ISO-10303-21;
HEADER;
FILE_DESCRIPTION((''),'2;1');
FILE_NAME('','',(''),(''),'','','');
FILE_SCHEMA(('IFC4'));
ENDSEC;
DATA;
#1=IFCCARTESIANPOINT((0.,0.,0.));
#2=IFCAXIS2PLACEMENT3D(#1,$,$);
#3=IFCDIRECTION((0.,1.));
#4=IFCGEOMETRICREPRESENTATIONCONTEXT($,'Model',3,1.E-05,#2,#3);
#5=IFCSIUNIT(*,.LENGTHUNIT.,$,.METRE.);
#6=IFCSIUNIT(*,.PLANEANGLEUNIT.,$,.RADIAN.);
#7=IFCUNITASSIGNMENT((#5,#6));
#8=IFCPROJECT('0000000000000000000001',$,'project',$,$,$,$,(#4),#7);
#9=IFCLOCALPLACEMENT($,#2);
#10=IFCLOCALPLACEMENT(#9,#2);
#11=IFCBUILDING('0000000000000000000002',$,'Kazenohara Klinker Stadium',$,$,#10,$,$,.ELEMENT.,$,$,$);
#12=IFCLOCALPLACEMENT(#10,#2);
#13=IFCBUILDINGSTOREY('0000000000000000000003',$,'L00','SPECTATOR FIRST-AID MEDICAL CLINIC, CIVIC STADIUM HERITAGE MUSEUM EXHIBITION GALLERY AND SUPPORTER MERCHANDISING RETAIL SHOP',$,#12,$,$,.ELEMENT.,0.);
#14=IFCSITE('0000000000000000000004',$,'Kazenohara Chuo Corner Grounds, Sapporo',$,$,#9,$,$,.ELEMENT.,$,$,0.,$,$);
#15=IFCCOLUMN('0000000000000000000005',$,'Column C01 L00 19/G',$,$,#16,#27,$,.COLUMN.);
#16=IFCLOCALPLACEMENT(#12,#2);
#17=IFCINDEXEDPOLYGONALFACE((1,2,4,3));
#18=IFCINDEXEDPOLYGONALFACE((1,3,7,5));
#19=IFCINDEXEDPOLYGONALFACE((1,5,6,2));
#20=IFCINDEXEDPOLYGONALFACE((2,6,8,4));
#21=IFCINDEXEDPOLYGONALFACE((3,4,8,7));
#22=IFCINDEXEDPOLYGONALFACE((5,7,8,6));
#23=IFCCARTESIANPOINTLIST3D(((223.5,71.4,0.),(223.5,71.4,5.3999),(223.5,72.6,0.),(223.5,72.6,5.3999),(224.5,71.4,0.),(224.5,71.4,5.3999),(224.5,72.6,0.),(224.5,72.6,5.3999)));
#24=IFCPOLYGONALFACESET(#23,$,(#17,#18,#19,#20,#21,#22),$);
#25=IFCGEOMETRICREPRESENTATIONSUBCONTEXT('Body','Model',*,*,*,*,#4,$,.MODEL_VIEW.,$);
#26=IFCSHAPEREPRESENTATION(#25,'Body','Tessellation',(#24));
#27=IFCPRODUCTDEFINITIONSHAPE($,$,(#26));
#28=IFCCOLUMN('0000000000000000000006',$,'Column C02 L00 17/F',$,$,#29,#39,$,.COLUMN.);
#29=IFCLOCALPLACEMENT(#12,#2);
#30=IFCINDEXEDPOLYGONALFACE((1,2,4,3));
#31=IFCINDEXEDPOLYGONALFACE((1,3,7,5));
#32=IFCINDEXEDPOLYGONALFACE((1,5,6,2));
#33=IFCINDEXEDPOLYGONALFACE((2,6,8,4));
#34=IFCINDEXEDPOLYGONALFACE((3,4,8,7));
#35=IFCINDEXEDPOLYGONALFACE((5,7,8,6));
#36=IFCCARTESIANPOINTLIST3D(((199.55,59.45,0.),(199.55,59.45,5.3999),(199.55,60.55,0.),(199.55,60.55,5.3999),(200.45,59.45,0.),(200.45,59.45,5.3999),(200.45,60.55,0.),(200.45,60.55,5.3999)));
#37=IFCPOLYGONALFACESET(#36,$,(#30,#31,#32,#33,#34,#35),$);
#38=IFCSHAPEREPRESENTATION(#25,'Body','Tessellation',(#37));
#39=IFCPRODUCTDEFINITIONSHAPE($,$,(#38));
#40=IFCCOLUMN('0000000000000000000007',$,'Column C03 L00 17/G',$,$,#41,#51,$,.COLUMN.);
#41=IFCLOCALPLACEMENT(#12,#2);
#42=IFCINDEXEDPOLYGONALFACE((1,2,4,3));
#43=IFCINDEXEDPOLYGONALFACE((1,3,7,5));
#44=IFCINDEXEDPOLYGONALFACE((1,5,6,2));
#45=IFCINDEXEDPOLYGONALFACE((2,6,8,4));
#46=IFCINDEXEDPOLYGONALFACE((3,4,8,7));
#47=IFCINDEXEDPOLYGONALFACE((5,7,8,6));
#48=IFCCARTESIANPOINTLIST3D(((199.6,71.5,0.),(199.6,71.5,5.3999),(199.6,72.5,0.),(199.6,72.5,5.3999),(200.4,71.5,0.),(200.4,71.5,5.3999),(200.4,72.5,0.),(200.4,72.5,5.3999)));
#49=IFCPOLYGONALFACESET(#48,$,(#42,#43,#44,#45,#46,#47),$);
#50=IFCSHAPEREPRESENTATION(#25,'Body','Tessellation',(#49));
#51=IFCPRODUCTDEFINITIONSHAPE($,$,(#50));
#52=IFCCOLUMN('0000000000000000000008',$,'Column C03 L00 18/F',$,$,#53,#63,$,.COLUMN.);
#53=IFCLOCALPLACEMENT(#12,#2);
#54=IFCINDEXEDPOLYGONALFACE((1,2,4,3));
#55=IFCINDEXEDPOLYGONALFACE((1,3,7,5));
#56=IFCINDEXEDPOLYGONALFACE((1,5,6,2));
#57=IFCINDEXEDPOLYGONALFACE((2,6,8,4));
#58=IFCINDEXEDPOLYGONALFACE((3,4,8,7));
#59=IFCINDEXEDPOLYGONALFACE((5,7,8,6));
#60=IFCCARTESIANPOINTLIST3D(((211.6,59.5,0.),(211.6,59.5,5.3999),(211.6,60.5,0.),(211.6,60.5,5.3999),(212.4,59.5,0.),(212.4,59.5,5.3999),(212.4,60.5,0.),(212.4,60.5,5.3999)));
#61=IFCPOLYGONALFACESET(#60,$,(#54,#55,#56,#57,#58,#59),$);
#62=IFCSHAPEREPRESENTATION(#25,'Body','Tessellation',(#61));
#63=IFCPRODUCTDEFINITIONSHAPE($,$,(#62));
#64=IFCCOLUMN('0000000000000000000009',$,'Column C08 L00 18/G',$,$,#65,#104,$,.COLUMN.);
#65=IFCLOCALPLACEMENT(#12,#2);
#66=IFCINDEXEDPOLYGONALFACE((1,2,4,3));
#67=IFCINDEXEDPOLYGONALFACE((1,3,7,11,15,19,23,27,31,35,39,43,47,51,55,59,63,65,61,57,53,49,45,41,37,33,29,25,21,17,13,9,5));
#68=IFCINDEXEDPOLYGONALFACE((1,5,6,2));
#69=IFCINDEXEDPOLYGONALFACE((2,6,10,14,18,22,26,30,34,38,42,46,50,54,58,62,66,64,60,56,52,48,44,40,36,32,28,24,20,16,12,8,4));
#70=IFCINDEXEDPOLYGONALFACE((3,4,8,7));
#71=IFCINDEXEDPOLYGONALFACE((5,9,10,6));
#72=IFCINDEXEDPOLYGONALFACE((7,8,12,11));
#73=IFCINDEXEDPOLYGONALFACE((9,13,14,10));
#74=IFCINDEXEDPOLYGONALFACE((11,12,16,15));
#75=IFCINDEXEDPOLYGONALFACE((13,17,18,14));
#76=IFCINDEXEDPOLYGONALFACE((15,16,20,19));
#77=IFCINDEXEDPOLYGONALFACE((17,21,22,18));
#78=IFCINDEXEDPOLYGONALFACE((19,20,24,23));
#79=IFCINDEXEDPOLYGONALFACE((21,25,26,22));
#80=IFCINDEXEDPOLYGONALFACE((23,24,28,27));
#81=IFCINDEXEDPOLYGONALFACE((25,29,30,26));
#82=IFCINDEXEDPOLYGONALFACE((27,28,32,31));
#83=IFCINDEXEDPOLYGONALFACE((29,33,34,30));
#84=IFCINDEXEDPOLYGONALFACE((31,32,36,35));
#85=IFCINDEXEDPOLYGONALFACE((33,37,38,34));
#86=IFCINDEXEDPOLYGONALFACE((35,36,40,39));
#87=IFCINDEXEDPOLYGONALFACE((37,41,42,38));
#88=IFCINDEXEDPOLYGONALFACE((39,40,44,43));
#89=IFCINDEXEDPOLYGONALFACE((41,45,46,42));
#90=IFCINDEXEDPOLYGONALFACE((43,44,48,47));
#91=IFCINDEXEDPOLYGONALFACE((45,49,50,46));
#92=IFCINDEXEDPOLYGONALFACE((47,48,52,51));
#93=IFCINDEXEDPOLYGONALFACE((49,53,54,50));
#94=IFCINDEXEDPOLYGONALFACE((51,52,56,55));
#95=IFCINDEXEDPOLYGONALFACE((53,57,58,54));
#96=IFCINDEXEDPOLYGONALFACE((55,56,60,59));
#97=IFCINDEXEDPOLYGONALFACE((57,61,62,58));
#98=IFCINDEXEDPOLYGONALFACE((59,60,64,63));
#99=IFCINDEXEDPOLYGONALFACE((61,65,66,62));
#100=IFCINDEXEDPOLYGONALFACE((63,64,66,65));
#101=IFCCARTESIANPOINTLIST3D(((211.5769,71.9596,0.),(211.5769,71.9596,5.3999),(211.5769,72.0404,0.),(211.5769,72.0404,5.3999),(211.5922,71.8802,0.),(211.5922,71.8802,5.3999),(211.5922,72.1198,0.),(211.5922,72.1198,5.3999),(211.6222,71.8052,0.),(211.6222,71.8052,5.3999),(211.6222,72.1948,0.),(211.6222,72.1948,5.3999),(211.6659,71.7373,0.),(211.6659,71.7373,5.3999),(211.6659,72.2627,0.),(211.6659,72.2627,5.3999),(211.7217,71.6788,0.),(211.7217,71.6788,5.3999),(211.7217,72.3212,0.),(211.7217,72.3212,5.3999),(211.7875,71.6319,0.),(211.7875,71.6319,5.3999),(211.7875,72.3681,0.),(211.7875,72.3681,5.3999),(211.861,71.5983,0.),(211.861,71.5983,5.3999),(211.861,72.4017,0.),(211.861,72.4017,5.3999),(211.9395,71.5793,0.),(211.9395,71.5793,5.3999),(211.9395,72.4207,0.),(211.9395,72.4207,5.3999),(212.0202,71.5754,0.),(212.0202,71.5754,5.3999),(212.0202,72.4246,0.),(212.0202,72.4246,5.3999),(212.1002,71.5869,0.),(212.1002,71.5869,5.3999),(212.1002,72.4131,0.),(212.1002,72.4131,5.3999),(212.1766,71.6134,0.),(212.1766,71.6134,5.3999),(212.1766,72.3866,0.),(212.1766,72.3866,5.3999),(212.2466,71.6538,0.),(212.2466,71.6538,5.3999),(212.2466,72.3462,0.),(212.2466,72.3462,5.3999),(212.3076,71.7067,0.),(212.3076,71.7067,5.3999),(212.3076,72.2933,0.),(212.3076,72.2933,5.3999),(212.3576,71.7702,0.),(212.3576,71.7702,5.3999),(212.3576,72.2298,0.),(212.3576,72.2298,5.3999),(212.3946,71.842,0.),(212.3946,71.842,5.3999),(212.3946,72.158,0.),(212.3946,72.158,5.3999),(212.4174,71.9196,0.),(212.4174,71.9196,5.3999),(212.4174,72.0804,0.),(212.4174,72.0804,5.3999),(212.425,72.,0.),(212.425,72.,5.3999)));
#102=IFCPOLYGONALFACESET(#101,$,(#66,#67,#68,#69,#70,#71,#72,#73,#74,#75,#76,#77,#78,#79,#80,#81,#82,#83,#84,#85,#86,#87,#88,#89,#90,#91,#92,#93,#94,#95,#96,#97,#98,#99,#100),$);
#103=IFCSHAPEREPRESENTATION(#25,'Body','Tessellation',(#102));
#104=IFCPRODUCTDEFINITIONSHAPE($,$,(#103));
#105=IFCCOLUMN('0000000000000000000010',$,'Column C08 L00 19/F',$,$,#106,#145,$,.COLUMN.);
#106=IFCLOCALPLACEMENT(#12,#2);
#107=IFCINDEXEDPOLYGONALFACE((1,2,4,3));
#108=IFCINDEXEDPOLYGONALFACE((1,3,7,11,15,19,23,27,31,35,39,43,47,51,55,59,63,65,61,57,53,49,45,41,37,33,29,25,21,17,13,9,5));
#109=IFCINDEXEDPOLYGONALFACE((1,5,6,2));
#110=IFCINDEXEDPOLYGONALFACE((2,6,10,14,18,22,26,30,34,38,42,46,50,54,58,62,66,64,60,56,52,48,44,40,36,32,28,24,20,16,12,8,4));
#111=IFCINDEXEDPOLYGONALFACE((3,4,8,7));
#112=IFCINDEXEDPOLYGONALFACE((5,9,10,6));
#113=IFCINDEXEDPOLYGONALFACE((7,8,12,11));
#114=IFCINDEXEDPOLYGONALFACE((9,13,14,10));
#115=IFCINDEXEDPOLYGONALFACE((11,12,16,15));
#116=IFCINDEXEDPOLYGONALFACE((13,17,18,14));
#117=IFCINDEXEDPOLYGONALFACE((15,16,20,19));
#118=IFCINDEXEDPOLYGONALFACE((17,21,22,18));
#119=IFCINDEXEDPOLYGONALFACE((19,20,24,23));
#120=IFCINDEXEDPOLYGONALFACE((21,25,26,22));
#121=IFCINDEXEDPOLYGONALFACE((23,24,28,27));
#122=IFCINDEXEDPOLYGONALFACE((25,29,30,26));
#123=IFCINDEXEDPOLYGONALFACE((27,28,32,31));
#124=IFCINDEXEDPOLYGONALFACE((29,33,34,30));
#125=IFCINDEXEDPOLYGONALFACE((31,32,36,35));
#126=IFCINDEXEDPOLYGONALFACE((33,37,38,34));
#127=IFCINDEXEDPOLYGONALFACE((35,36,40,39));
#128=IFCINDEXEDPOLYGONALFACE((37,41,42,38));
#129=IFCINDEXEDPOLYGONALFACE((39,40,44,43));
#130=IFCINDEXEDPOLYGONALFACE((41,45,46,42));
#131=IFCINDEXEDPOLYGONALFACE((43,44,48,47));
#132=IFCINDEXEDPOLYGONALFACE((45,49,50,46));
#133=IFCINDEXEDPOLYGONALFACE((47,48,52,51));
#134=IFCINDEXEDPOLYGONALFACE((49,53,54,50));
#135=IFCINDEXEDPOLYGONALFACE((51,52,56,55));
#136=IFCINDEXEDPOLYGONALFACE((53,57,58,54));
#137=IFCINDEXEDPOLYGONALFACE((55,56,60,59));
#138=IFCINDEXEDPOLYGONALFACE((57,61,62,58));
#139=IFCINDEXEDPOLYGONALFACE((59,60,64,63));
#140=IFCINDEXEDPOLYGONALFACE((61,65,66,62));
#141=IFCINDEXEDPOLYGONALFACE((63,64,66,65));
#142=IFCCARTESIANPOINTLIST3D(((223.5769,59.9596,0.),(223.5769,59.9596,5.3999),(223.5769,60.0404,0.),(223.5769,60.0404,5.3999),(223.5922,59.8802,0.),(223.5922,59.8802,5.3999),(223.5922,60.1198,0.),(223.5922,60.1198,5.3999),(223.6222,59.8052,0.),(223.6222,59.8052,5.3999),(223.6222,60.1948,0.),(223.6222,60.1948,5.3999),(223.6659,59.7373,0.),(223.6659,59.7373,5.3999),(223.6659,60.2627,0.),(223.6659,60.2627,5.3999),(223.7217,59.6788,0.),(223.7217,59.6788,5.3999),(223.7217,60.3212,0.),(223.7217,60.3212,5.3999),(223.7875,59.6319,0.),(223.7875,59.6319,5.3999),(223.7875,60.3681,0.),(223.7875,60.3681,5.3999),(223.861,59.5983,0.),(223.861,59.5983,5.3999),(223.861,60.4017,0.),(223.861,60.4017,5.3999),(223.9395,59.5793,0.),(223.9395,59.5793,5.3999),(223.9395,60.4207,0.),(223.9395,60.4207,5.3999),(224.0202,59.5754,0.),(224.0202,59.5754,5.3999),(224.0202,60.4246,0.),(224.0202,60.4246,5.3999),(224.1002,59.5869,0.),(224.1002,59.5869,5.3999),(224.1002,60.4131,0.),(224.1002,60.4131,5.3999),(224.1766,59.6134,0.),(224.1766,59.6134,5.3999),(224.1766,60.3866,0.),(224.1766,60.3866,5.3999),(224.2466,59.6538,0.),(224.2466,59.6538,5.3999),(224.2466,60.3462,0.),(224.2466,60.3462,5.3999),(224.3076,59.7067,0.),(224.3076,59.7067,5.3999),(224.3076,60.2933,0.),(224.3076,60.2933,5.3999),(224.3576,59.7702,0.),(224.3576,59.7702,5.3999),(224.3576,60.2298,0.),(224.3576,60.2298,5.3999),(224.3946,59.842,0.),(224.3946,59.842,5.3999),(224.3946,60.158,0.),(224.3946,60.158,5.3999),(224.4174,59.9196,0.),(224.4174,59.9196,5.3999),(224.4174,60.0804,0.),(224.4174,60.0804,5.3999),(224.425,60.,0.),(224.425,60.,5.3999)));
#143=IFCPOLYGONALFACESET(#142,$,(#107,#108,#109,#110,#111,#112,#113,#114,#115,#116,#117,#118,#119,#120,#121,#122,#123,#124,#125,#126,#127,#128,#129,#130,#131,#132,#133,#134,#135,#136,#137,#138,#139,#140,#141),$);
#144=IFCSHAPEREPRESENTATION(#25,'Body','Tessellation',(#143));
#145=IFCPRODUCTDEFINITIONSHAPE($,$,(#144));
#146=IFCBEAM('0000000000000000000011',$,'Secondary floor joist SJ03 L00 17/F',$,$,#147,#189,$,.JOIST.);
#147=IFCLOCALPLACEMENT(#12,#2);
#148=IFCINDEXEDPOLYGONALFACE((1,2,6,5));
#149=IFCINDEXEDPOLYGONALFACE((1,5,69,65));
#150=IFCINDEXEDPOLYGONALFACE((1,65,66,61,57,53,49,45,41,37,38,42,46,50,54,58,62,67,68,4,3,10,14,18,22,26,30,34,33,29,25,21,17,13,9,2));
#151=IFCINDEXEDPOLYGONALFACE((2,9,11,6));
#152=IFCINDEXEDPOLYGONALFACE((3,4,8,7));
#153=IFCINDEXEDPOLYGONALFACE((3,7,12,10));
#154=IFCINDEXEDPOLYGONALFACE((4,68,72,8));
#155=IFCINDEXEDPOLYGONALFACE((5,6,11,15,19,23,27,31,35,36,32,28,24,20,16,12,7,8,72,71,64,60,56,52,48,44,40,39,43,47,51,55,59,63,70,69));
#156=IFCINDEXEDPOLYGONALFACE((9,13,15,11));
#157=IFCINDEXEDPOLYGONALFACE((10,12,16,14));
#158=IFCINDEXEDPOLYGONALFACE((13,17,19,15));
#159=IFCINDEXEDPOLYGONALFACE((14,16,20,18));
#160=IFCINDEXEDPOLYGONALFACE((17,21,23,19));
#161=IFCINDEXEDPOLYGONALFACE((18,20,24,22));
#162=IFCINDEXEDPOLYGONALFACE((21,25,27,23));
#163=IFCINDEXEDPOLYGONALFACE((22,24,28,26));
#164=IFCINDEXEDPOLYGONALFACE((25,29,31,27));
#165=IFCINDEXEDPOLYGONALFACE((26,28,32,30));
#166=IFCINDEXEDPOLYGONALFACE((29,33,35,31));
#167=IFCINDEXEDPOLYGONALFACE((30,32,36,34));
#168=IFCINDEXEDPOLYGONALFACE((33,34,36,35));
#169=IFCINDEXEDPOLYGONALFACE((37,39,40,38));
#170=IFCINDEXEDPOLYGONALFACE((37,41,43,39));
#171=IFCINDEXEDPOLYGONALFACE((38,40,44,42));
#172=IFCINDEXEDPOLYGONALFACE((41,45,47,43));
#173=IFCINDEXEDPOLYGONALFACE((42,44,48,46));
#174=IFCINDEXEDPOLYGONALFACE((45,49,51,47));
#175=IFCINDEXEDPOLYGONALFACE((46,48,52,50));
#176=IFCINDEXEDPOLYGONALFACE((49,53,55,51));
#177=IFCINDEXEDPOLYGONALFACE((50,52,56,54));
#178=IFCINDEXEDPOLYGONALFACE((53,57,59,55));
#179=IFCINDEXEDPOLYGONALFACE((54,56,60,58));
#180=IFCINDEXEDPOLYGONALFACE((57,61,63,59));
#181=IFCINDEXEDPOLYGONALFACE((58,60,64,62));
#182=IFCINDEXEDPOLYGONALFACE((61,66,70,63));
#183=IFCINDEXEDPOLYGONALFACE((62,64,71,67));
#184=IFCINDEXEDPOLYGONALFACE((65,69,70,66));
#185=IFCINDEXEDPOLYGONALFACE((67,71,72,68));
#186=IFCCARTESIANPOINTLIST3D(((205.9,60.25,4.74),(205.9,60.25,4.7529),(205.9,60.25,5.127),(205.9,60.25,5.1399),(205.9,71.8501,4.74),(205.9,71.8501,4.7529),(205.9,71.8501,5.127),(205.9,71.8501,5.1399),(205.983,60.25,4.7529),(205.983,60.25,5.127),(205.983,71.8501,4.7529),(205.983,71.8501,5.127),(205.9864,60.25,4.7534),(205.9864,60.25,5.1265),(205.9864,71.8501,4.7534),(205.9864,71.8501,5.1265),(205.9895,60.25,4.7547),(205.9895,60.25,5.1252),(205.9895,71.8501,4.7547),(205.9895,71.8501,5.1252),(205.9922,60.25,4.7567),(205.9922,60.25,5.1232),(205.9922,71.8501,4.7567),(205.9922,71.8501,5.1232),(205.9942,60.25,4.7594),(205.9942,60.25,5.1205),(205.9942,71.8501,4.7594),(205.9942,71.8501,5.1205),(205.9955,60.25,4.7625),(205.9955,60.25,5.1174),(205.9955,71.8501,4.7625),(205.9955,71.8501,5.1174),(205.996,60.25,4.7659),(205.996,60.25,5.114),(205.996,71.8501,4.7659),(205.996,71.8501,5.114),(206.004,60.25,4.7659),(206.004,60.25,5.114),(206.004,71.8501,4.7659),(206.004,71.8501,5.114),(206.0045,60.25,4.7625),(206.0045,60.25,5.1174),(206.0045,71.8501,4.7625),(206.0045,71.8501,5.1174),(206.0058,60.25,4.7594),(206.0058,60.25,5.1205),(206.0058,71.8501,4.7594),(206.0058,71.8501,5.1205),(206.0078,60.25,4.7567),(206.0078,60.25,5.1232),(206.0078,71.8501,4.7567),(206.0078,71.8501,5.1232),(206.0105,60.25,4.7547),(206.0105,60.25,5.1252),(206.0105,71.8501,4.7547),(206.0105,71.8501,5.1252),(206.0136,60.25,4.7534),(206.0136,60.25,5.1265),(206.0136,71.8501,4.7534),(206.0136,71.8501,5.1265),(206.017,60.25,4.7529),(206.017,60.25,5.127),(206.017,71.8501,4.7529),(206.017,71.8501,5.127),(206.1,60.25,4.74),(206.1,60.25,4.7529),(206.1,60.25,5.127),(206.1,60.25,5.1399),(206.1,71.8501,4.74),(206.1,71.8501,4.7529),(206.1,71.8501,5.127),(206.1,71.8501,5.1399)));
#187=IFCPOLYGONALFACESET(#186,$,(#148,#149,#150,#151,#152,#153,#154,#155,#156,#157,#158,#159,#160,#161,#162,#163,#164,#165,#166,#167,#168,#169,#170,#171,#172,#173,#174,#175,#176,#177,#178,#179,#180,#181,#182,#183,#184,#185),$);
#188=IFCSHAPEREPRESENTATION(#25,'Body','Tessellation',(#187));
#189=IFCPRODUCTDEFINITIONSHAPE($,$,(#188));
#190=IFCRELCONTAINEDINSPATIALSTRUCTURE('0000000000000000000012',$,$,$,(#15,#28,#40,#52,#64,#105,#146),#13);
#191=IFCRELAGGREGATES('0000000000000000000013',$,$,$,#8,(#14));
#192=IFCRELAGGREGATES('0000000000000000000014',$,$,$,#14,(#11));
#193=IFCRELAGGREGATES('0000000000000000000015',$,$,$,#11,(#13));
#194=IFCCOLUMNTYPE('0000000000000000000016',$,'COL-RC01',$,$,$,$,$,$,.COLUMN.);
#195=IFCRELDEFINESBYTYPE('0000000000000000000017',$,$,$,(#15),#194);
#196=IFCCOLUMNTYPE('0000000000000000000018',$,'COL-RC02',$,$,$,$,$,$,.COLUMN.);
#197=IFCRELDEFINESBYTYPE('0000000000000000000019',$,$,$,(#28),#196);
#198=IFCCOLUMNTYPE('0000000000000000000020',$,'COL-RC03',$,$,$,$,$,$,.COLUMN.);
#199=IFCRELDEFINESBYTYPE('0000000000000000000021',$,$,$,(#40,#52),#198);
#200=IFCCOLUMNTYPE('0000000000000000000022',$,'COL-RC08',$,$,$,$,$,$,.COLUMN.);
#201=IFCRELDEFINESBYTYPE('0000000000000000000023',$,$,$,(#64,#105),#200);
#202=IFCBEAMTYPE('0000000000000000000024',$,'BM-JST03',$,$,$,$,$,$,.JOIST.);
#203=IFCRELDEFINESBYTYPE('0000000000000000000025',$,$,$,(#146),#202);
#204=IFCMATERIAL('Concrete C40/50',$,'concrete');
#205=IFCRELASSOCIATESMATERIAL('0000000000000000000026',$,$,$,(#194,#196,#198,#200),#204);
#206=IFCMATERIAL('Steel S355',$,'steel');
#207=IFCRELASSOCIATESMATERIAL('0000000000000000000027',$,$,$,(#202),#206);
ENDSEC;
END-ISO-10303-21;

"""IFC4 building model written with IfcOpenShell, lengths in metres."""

from ifc_helpers import new_model, si_unit, direction, frame, origin, origin_2d, place, context, subcontext, project, spatial, rectangle, circle, i_section, extrude, material, material_profile, profile_set, type_object, element, save


model = new_model("IFC4")

# Units and contexts
model_context = context("Model", 3, precision=1e-05, world=origin(), true_north=direction((0.0, 1.0)))
body_context = subcontext(model_context, "Body", "Model", "MODEL_VIEW")
ifc_project = project(units=[si_unit("LENGTHUNIT", "METRE"), si_unit("PLANEANGLEUNIT", "RADIAN")], contexts=[model_context])

# Site, building, storey
site_placement = place(None, origin())
site = spatial("IfcSite", under=ifc_project, at=site_placement, Name="Kazenohara Chuo Corner Grounds, Sapporo", CompositionType="ELEMENT", RefElevation=0.0)
building_placement = place(site_placement, origin())
building = spatial("IfcBuilding", under=site, at=building_placement, Name="Kazenohara Klinker Stadium", CompositionType="ELEMENT")
storey_placement = place(building_placement, origin())
storey = spatial("IfcBuildingStorey", under=building, at=storey_placement, Name="L00", Description="SPECTATOR FIRST-AID MEDICAL CLINIC, CIVIC STADIUM HERITAGE MUSEUM EXHIBITION GALLERY AND SUPPORTER MERCHANDISING RETAIL SHOP", CompositionType="ELEMENT", Elevation=0.0)

# Columns
ifc_material_1 = material(Name="Concrete C40/50", Category="concrete")
ifc_material_profile_1 = material_profile(ifc_material_1, rectangle(XDim=1.0, YDim=1.2, at=origin_2d()), Name="RC-COL-1200x1000")
ifc_profile_set_1 = profile_set([ifc_material_profile_1], Name="Concrete C40/50")
column_type_1 = type_object("IfcColumnType", Name="COL-RC01", PredefinedType="COLUMN", material=ifc_profile_set_1)
column_1_placement = place(storey_placement, frame((224.0, 72.0, 0.0), z_axis=(0.0, 0.0, 1.0), x_axis=(1.0, 0.0, 0.0)))
element("IfcColumn", 1, at=column_1_placement, inside=storey, type_object=column_type_1, Name="Column C01 L00 19/G", PredefinedType="COLUMN", context=body_context, shape_type="SweptSolid", body=[
    extrude(rectangle(XDim=1.0, YDim=1.2, at=origin_2d()), origin(), (0.0, 0.0, 1.0), 5.3999),
])
ifc_material_profile_2 = material_profile(ifc_material_1, rectangle(XDim=0.8999, YDim=1.1001, at=origin_2d()), Name="RC-COL-1100x900")
ifc_profile_set_2 = profile_set([ifc_material_profile_2], Name="Concrete C40/50")
column_type_2 = type_object("IfcColumnType", Name="COL-RC02", PredefinedType="COLUMN", material=ifc_profile_set_2)
column_2_placement = place(storey_placement, frame((200.0, 60.0, 0.0), z_axis=(0.0, 0.0, 1.0), x_axis=(1.0, 0.0, 0.0)))
element("IfcColumn", 2, at=column_2_placement, inside=storey, type_object=column_type_2, Name="Column C02 L00 17/F", PredefinedType="COLUMN", context=body_context, shape_type="SweptSolid", body=[
    extrude(rectangle(XDim=0.8999, YDim=1.1001, at=origin_2d()), origin(), (0.0, 0.0, 1.0), 5.3999),
])
ifc_material_profile_3 = material_profile(ifc_material_1, rectangle(XDim=0.8, YDim=1.0, at=origin_2d()), Name="RC-COL-1000x800")
ifc_profile_set_3 = profile_set([ifc_material_profile_3], Name="Concrete C40/50")
column_type_3 = type_object("IfcColumnType", Name="COL-RC03", PredefinedType="COLUMN", material=ifc_profile_set_3)
for number, where, z_axis, x_axis, name in (
    (3, (200.0, 72.0, 0.0), (0.0, 0.0, 1.0), (1.0, 0.0, 0.0), "Column C03 L00 17/G"),
    (4, (212.0, 60.0, 0.0), (0.0, 0.0, 1.0), (1.0, 0.0, 0.0), "Column C03 L00 18/F"),
):
    element("IfcColumn", number, at=place(storey_placement, frame(where, z_axis=z_axis, x_axis=x_axis)), inside=storey, type_object=column_type_3, Name=name, PredefinedType="COLUMN", context=body_context, shape_type="SweptSolid", body=[
        extrude(rectangle(XDim=0.8, YDim=1.0, at=origin_2d()), origin(), (0.0, 0.0, 1.0), 5.3999),
    ])
ifc_material_profile_4 = material_profile(ifc_material_1, circle(Radius=0.425, at=origin_2d()), Name="RC-COL-D850")
ifc_profile_set_4 = profile_set([ifc_material_profile_4], Name="Concrete C40/50")
column_type_4 = type_object("IfcColumnType", Name="COL-RC08", PredefinedType="COLUMN", material=ifc_profile_set_4)
for number, where, z_axis, x_axis, name in (
    (5, (212.0, 72.0, 0.0), (0.0, 0.0, 1.0), (1.0, 0.0, 0.0), "Column C08 L00 18/G"),
    (6, (224.0, 60.0, 0.0), (0.0, 0.0, 1.0), (1.0, 0.0, 0.0), "Column C08 L00 19/F"),
):
    element("IfcColumn", number, at=place(storey_placement, frame(where, z_axis=z_axis, x_axis=x_axis)), inside=storey, type_object=column_type_4, Name=name, PredefinedType="COLUMN", context=body_context, shape_type="SweptSolid", body=[
        extrude(circle(Radius=0.425, at=origin_2d()), origin(), (0.0, 0.0, 1.0), 5.3999),
    ])

# Beam
ifc_material_2 = material(Name="Steel S355", Category="steel")
ifc_material_profile_5 = material_profile(ifc_material_2, i_section(OverallWidth=0.2, OverallDepth=0.3999, WebThickness=0.0081, FlangeThickness=0.0129, FilletRadius=0.0129, at=origin_2d()), Name="H-400x200x8x13")
ifc_profile_set_5 = profile_set([ifc_material_profile_5], Name="Steel S355")
beam_type_1 = type_object("IfcBeamType", Name="BM-JST03", PredefinedType="JOIST", material=ifc_profile_set_5)
beam_1_placement = place(storey_placement, frame((206.0, 60.25, 4.9399), z_axis=(0.0, 1.0, 0.0), x_axis=(-1.0, 0.0, 0.0)))
element("IfcBeam", 7, at=beam_1_placement, inside=storey, type_object=beam_type_1, Name="Secondary floor joist SJ03 L00 17/F", PredefinedType="JOIST", context=body_context, shape_type="SweptSolid", body=[
    extrude(i_section(OverallWidth=0.2, OverallDepth=0.3999, WebThickness=0.0081, FlangeThickness=0.0129, FilletRadius=0.0129, at=origin_2d()), origin(), (0.0, 0.0, 1.0), 11.6001),
])

save(model, "model.ifc")
